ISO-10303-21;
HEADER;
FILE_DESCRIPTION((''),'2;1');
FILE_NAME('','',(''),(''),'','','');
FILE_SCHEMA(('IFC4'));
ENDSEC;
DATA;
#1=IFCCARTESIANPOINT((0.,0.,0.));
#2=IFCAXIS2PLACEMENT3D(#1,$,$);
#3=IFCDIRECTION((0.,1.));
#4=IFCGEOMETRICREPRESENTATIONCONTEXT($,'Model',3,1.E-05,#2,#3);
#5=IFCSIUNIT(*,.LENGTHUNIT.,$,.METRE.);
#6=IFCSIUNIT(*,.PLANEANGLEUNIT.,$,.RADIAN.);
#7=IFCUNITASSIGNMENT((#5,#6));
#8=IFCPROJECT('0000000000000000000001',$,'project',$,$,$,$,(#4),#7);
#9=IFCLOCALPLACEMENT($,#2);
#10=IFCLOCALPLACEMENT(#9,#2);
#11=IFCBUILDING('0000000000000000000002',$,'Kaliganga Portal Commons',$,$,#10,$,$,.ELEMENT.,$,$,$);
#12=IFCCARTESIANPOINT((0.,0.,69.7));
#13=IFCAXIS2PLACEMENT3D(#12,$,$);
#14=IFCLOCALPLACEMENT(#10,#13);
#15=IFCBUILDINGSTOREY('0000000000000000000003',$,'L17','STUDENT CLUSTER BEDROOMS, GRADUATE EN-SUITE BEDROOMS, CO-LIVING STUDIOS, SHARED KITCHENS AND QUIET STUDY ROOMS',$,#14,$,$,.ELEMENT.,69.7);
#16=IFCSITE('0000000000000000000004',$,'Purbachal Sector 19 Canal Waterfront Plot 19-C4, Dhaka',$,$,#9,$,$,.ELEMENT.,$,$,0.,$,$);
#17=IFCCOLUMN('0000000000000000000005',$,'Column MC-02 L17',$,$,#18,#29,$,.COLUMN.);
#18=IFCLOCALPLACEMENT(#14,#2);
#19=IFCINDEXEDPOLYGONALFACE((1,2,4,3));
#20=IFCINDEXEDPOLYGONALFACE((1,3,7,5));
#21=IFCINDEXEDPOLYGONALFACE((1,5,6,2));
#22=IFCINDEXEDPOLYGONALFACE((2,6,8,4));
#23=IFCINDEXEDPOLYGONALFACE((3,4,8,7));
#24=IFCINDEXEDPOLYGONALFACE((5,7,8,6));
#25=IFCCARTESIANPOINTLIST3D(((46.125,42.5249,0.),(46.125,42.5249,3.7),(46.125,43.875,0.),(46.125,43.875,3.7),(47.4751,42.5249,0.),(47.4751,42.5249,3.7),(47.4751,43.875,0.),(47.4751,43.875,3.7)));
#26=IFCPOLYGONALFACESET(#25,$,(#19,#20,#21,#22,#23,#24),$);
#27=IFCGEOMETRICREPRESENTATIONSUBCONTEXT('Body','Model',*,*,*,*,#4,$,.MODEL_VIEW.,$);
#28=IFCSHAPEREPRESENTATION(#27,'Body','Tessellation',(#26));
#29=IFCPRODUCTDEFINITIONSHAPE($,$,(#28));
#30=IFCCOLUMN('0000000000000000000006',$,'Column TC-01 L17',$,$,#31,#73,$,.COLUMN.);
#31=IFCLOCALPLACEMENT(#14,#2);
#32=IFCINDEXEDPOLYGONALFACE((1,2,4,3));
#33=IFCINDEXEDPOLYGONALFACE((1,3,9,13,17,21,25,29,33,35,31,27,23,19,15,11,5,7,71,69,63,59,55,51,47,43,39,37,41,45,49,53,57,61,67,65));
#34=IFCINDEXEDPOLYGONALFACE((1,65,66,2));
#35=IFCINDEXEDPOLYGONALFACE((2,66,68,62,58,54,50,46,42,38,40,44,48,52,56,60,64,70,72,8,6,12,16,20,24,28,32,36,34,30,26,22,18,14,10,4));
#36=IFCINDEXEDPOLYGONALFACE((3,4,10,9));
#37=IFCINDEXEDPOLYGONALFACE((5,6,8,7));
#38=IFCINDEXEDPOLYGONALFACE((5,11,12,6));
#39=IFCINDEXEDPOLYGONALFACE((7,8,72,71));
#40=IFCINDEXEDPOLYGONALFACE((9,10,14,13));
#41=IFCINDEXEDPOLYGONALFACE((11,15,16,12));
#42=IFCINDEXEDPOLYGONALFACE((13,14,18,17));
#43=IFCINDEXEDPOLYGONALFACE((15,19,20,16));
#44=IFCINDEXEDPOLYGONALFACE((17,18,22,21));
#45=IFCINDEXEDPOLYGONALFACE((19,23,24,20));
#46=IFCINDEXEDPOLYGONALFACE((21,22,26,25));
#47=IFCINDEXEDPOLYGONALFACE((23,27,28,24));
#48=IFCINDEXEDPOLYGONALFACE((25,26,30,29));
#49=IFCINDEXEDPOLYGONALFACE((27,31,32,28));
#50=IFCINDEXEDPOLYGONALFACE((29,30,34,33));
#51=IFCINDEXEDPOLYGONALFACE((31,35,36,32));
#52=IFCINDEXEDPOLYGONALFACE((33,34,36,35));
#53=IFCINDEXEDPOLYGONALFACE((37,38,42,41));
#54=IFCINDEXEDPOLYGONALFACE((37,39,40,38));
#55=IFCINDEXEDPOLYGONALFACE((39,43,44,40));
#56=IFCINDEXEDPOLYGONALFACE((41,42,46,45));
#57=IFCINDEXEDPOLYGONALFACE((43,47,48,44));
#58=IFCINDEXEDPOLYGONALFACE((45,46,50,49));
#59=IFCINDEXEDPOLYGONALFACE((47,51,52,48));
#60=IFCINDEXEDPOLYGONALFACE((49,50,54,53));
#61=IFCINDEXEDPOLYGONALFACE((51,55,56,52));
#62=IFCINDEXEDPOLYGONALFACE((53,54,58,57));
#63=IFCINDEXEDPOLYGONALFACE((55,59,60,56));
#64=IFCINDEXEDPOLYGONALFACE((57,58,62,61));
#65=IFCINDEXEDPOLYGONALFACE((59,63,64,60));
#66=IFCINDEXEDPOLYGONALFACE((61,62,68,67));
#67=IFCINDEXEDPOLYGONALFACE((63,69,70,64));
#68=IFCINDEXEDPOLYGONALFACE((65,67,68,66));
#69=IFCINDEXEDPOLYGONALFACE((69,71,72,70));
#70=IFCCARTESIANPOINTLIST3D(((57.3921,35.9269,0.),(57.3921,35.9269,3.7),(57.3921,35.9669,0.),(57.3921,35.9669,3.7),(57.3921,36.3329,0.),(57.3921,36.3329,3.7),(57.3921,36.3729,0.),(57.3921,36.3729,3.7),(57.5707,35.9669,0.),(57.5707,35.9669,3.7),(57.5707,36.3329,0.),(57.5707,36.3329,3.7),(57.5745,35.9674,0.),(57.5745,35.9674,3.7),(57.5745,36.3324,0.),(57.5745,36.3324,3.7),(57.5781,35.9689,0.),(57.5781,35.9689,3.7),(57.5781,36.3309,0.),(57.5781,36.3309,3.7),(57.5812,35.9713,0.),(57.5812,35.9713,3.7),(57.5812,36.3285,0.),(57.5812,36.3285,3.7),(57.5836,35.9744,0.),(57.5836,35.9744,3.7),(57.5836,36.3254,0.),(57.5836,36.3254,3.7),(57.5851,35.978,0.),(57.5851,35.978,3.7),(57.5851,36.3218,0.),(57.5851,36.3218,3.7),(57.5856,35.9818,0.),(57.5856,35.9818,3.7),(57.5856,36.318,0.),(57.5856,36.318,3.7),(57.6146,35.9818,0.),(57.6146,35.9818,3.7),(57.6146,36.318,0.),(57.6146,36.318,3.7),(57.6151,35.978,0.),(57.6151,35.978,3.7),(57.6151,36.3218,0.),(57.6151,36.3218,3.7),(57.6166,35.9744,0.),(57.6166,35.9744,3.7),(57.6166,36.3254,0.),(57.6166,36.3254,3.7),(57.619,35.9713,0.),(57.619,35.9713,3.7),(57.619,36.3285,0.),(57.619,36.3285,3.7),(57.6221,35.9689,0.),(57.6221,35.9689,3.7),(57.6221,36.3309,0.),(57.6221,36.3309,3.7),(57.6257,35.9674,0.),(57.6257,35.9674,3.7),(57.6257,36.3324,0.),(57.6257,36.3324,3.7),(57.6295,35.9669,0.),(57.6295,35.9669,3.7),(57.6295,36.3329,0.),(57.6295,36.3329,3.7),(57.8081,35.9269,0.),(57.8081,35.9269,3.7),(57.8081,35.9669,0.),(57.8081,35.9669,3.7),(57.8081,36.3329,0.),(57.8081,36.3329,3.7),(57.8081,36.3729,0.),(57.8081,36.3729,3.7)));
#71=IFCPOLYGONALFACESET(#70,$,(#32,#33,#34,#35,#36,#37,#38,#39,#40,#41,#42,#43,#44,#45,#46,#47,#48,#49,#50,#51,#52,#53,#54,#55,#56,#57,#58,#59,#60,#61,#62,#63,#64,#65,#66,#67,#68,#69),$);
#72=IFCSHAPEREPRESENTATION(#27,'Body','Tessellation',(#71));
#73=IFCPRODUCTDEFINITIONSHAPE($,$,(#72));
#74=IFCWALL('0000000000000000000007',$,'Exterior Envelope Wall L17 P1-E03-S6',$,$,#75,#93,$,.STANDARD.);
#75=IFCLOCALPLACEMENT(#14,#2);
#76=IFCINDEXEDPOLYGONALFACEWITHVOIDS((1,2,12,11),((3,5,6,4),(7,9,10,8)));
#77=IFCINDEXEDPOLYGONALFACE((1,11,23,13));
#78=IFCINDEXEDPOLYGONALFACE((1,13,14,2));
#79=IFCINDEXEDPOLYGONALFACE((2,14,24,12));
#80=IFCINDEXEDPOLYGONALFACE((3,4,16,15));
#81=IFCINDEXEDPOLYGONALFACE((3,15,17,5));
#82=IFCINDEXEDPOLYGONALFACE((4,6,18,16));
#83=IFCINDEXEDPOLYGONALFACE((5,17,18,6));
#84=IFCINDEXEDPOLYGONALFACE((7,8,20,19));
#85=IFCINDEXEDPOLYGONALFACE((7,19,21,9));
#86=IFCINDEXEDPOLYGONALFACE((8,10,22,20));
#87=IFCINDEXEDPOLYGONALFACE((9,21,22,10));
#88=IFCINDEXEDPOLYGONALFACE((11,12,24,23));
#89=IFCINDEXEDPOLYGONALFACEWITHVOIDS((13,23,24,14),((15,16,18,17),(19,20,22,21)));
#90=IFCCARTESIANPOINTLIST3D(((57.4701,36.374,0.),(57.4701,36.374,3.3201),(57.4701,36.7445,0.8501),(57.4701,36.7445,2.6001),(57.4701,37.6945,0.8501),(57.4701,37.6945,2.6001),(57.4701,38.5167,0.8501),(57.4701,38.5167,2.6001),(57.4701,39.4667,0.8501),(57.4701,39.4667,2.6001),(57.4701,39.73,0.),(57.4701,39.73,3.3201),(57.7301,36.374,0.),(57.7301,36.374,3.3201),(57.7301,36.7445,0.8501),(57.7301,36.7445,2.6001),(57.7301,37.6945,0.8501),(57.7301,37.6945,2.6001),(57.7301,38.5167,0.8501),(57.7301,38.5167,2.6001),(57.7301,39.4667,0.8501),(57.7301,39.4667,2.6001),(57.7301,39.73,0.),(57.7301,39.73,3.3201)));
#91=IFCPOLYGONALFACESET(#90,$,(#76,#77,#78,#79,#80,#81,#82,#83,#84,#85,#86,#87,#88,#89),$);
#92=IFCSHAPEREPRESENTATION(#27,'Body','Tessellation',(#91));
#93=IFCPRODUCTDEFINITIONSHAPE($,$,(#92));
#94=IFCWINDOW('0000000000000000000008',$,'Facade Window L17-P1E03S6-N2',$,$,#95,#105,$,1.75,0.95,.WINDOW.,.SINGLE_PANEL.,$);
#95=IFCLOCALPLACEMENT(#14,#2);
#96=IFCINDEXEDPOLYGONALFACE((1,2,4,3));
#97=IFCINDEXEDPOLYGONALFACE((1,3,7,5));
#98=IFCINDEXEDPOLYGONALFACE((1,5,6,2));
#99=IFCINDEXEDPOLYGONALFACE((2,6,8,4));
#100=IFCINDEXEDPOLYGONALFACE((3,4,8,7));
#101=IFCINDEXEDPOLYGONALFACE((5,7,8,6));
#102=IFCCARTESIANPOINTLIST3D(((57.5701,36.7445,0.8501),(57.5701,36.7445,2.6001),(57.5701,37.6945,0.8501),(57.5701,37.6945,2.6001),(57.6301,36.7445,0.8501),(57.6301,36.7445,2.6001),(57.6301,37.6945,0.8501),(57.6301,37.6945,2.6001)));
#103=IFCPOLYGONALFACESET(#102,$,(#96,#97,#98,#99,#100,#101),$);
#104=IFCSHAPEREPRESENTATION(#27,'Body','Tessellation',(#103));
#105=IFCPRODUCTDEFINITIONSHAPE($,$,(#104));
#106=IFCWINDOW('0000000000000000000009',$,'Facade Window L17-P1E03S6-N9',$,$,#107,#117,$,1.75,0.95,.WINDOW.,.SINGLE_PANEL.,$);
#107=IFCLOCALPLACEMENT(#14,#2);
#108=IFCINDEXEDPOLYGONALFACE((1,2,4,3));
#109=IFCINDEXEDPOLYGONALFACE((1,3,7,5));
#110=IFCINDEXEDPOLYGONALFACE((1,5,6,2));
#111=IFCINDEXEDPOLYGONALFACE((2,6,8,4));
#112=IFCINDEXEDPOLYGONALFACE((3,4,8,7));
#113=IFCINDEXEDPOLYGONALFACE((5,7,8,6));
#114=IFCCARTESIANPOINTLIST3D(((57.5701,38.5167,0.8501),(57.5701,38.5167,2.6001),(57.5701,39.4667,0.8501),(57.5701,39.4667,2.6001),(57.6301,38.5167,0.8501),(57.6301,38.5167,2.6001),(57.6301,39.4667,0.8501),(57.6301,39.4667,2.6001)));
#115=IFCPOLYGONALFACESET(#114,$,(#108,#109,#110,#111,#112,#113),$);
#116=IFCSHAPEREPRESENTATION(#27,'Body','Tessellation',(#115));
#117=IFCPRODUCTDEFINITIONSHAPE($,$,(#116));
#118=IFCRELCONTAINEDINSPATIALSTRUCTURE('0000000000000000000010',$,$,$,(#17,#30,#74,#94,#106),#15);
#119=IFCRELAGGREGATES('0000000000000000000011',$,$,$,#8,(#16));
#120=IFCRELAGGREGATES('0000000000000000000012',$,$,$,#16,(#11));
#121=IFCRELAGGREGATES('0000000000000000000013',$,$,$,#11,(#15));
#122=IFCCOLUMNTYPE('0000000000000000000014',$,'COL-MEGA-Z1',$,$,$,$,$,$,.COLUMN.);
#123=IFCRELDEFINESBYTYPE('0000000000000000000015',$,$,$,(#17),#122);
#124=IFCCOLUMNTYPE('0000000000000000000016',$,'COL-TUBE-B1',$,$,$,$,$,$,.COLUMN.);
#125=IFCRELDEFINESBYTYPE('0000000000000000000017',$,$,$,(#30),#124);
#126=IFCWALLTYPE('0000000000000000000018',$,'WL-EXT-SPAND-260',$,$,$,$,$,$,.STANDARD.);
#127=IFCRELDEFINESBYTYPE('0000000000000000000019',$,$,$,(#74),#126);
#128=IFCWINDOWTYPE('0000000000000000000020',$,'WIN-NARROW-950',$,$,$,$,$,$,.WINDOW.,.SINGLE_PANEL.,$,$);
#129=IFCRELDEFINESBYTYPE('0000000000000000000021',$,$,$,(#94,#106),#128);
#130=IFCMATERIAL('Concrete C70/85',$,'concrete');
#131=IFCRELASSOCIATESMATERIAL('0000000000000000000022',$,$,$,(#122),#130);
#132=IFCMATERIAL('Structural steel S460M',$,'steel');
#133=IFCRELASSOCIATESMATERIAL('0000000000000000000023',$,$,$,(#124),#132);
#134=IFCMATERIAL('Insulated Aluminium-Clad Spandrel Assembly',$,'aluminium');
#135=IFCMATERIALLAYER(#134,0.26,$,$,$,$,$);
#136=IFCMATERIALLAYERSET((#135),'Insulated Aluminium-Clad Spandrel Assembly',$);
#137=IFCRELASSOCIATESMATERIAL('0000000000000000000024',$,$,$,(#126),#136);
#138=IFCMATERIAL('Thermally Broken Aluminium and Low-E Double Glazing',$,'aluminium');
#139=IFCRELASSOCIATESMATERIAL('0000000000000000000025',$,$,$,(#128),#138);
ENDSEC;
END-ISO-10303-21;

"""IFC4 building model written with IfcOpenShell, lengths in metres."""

from ifc_helpers import new_model, si_unit, direction, frame, frame_2d, origin, origin_2d, place, context, subcontext, project, spatial, rectangle, i_section, extrude, source, transform, mapped, material, layer, layer_set, material_profile, profile_set, type_object, element, fill, save


model = new_model("IFC4")

# Units and contexts
model_context = context("Model", 3, precision=1e-05, world=origin(), true_north=direction((0.0, 1.0)))
body_context = subcontext(model_context, "Body", "Model", "MODEL_VIEW")
ifc_project = project(units=[si_unit("LENGTHUNIT", "METRE"), si_unit("PLANEANGLEUNIT", "RADIAN")], contexts=[model_context])

# Site, building, storey
site_placement = place(None, origin())
site = spatial("IfcSite", under=ifc_project, at=site_placement, Name="Purbachal Sector 19 Canal Waterfront Plot 19-C4, Dhaka", CompositionType="ELEMENT", RefElevation=0.0)
building_placement = place(site_placement, origin())
building = spatial("IfcBuilding", under=site, at=building_placement, Name="Kaliganga Portal Commons", CompositionType="ELEMENT")
storey_placement = place(building_placement, frame((0.0, 0.0, 69.7)))
storey = spatial("IfcBuildingStorey", under=building, at=storey_placement, Name="L17", Description="STUDENT CLUSTER BEDROOMS, GRADUATE EN-SUITE BEDROOMS, CO-LIVING STUDIOS, SHARED KITCHENS AND QUIET STUDY ROOMS", CompositionType="ELEMENT", Elevation=69.7)

# Columns
ifc_material_1 = material(Name="Concrete C70/85", Category="concrete")
ifc_material_profile_1 = material_profile(ifc_material_1, rectangle(XDim=1.3501, YDim=1.3501, at=origin_2d()), Name="RC 1350x1350")
ifc_profile_set_1 = profile_set([ifc_material_profile_1], Name="Concrete C70/85")
column_type_1 = type_object("IfcColumnType", Name="COL-MEGA-Z1", PredefinedType="COLUMN", material=ifc_profile_set_1)
shared_shape_1 = source(origin(), body_context, "Body", "SweptSolid", [
    extrude(rectangle(XDim=1.3501, YDim=1.3501, at=origin_2d()), origin(), (0.0, 0.0, 1.0), 3.7),
])
column_1_placement = place(storey_placement, frame((46.8, 43.2, 0.0), z_axis=(0.0, 0.0, 1.0), x_axis=(1.0, 0.0, 0.0)))
element("IfcColumn", 1, at=column_1_placement, inside=storey, type_object=column_type_1, Name="Column MC-02 L17", PredefinedType="COLUMN", context=body_context, shape_type="MappedRepresentation", body=[
    mapped(shared_shape_1, transform((0.0, 0.0, 0.0), x_axis=(1.0, 0.0, 0.0), y_axis=(0.0, 1.0, 0.0), z_axis=(0.0, 0.0, 1.0), scale=1.0)),
])
ifc_material_2 = material(Name="Structural steel S460M", Category="steel")
ifc_material_profile_2 = material_profile(ifc_material_2, i_section(OverallWidth=0.416, OverallDepth=0.446, WebThickness=0.0291, FlangeThickness=0.04, FilletRadius=0.0149, at=origin_2d()), Name="HD 400x509")
ifc_profile_set_2 = profile_set([ifc_material_profile_2], Name="Structural steel S460M wide-flange")
column_type_2 = type_object("IfcColumnType", Name="COL-TUBE-B1", PredefinedType="COLUMN", material=ifc_profile_set_2)
shared_shape_2 = source(origin(), body_context, "Body", "SweptSolid", [
    extrude(i_section(OverallWidth=0.416, OverallDepth=0.446, WebThickness=0.0291, FlangeThickness=0.04, FilletRadius=0.0149, at=origin_2d()), origin(), (0.0, 0.0, 1.0), 3.7),
])
column_2_placement = place(storey_placement, frame((57.6001, 36.1499, 0.0), z_axis=(0.0, 0.0, 1.0), x_axis=(1.0, 0.0, 0.0)))
element("IfcColumn", 2, at=column_2_placement, inside=storey, type_object=column_type_2, Name="Column TC-01 L17", PredefinedType="COLUMN", context=body_context, shape_type="MappedRepresentation", body=[
    mapped(shared_shape_2, transform((0.0, 0.0, 0.0), x_axis=(1.0, 0.0, 0.0), y_axis=(0.0, 1.0, 0.0), z_axis=(0.0, 0.0, 1.0), scale=1.0)),
])

# Wall, openings, windows
ifc_material_3 = material(Name="Insulated Aluminium-Clad Spandrel Assembly", Category="aluminium")
ifc_layer_1 = layer(ifc_material_3, 0.26)
ifc_layer_set_1 = layer_set([ifc_layer_1], Name="Insulated Aluminium-Clad Spandrel Assembly")
wall_type_1 = type_object("IfcWallType", Name="WL-EXT-SPAND-260", PredefinedType="STANDARD", material=ifc_layer_set_1)
wall_1_placement = place(storey_placement, frame((57.6001, 39.73, 0.0), z_axis=(0.0, 0.0, 1.0), x_axis=(0.0, -1.0, 0.0)))
wall_1 = element("IfcWall", 3, at=wall_1_placement, inside=storey, type_object=wall_type_1, Name="Exterior Envelope Wall L17 P1-E03-S6", PredefinedType="STANDARD", context=body_context, shape_type="SweptSolid", body=[
    extrude(rectangle(XDim=3.356, YDim=0.26, at=frame_2d((1.678, 0.0))), origin(), (0.0, 0.0, 1.0), 3.3201),
])
opening_1_placement = place(wall_1_placement, frame((2.0354, 0.0, 0.8501)))
opening_1 = element("IfcOpeningElement", 4, at=opening_1_placement, cuts=wall_1, PredefinedType="OPENING", context=body_context, shape_type="SweptSolid", body=[
    extrude(rectangle(XDim=0.95, YDim=1.75, at=frame_2d((0.4751, 0.875))), frame((0.0, 0.1401, 0.0), z_axis=(0.0, -1.0, 0.0), x_axis=(1.0, 0.0, 0.0)), (0.0, 0.0, 1.0), 0.28),
])
opening_2_placement = place(wall_1_placement, frame((0.2632, 0.0, 0.8501)))
opening_2 = element("IfcOpeningElement", 5, at=opening_2_placement, cuts=wall_1, PredefinedType="OPENING", context=body_context, shape_type="SweptSolid", body=[
    extrude(rectangle(XDim=0.95, YDim=1.75, at=frame_2d((0.4751, 0.875))), frame((0.0, 0.1401, 0.0), z_axis=(0.0, -1.0, 0.0), x_axis=(1.0, 0.0, 0.0)), (0.0, 0.0, 1.0), 0.28),
])
ifc_material_4 = material(Name="Thermally Broken Aluminium and Low-E Double Glazing", Category="aluminium")
window_type_1 = type_object("IfcWindowType", Name="WIN-NARROW-950", PartitioningType="SINGLE_PANEL", PredefinedType="WINDOW", material=ifc_material_4)
window_1_placement = place(opening_1_placement, origin())
window_1 = element("IfcWindow", 6, at=window_1_placement, inside=storey, type_object=window_type_1, Name="Facade Window L17-P1E03S6-N2", OverallHeight=1.75, OverallWidth=0.95, PartitioningType="SINGLE_PANEL", PredefinedType="WINDOW", context=body_context, shape_type="SweptSolid", body=[
    extrude(rectangle(XDim=0.95, YDim=1.75, at=frame_2d((0.4751, 0.875))), frame((0.0, 0.03, 0.0), z_axis=(0.0, -1.0, 0.0), x_axis=(1.0, 0.0, 0.0)), (0.0, 0.0, 1.0), 0.0601),
])
fill(opening_1, window_1)
window_2_placement = place(opening_2_placement, origin())
window_2 = element("IfcWindow", 7, at=window_2_placement, inside=storey, type_object=window_type_1, Name="Facade Window L17-P1E03S6-N9", OverallHeight=1.75, OverallWidth=0.95, PartitioningType="SINGLE_PANEL", PredefinedType="WINDOW", context=body_context, shape_type="SweptSolid", body=[
    extrude(rectangle(XDim=0.95, YDim=1.75, at=frame_2d((0.4751, 0.875))), frame((0.0, 0.03, 0.0), z_axis=(0.0, -1.0, 0.0), x_axis=(1.0, 0.0, 0.0)), (0.0, 0.0, 1.0), 0.0601),
])
fill(opening_2, window_2)

save(model, "model.ifc")
